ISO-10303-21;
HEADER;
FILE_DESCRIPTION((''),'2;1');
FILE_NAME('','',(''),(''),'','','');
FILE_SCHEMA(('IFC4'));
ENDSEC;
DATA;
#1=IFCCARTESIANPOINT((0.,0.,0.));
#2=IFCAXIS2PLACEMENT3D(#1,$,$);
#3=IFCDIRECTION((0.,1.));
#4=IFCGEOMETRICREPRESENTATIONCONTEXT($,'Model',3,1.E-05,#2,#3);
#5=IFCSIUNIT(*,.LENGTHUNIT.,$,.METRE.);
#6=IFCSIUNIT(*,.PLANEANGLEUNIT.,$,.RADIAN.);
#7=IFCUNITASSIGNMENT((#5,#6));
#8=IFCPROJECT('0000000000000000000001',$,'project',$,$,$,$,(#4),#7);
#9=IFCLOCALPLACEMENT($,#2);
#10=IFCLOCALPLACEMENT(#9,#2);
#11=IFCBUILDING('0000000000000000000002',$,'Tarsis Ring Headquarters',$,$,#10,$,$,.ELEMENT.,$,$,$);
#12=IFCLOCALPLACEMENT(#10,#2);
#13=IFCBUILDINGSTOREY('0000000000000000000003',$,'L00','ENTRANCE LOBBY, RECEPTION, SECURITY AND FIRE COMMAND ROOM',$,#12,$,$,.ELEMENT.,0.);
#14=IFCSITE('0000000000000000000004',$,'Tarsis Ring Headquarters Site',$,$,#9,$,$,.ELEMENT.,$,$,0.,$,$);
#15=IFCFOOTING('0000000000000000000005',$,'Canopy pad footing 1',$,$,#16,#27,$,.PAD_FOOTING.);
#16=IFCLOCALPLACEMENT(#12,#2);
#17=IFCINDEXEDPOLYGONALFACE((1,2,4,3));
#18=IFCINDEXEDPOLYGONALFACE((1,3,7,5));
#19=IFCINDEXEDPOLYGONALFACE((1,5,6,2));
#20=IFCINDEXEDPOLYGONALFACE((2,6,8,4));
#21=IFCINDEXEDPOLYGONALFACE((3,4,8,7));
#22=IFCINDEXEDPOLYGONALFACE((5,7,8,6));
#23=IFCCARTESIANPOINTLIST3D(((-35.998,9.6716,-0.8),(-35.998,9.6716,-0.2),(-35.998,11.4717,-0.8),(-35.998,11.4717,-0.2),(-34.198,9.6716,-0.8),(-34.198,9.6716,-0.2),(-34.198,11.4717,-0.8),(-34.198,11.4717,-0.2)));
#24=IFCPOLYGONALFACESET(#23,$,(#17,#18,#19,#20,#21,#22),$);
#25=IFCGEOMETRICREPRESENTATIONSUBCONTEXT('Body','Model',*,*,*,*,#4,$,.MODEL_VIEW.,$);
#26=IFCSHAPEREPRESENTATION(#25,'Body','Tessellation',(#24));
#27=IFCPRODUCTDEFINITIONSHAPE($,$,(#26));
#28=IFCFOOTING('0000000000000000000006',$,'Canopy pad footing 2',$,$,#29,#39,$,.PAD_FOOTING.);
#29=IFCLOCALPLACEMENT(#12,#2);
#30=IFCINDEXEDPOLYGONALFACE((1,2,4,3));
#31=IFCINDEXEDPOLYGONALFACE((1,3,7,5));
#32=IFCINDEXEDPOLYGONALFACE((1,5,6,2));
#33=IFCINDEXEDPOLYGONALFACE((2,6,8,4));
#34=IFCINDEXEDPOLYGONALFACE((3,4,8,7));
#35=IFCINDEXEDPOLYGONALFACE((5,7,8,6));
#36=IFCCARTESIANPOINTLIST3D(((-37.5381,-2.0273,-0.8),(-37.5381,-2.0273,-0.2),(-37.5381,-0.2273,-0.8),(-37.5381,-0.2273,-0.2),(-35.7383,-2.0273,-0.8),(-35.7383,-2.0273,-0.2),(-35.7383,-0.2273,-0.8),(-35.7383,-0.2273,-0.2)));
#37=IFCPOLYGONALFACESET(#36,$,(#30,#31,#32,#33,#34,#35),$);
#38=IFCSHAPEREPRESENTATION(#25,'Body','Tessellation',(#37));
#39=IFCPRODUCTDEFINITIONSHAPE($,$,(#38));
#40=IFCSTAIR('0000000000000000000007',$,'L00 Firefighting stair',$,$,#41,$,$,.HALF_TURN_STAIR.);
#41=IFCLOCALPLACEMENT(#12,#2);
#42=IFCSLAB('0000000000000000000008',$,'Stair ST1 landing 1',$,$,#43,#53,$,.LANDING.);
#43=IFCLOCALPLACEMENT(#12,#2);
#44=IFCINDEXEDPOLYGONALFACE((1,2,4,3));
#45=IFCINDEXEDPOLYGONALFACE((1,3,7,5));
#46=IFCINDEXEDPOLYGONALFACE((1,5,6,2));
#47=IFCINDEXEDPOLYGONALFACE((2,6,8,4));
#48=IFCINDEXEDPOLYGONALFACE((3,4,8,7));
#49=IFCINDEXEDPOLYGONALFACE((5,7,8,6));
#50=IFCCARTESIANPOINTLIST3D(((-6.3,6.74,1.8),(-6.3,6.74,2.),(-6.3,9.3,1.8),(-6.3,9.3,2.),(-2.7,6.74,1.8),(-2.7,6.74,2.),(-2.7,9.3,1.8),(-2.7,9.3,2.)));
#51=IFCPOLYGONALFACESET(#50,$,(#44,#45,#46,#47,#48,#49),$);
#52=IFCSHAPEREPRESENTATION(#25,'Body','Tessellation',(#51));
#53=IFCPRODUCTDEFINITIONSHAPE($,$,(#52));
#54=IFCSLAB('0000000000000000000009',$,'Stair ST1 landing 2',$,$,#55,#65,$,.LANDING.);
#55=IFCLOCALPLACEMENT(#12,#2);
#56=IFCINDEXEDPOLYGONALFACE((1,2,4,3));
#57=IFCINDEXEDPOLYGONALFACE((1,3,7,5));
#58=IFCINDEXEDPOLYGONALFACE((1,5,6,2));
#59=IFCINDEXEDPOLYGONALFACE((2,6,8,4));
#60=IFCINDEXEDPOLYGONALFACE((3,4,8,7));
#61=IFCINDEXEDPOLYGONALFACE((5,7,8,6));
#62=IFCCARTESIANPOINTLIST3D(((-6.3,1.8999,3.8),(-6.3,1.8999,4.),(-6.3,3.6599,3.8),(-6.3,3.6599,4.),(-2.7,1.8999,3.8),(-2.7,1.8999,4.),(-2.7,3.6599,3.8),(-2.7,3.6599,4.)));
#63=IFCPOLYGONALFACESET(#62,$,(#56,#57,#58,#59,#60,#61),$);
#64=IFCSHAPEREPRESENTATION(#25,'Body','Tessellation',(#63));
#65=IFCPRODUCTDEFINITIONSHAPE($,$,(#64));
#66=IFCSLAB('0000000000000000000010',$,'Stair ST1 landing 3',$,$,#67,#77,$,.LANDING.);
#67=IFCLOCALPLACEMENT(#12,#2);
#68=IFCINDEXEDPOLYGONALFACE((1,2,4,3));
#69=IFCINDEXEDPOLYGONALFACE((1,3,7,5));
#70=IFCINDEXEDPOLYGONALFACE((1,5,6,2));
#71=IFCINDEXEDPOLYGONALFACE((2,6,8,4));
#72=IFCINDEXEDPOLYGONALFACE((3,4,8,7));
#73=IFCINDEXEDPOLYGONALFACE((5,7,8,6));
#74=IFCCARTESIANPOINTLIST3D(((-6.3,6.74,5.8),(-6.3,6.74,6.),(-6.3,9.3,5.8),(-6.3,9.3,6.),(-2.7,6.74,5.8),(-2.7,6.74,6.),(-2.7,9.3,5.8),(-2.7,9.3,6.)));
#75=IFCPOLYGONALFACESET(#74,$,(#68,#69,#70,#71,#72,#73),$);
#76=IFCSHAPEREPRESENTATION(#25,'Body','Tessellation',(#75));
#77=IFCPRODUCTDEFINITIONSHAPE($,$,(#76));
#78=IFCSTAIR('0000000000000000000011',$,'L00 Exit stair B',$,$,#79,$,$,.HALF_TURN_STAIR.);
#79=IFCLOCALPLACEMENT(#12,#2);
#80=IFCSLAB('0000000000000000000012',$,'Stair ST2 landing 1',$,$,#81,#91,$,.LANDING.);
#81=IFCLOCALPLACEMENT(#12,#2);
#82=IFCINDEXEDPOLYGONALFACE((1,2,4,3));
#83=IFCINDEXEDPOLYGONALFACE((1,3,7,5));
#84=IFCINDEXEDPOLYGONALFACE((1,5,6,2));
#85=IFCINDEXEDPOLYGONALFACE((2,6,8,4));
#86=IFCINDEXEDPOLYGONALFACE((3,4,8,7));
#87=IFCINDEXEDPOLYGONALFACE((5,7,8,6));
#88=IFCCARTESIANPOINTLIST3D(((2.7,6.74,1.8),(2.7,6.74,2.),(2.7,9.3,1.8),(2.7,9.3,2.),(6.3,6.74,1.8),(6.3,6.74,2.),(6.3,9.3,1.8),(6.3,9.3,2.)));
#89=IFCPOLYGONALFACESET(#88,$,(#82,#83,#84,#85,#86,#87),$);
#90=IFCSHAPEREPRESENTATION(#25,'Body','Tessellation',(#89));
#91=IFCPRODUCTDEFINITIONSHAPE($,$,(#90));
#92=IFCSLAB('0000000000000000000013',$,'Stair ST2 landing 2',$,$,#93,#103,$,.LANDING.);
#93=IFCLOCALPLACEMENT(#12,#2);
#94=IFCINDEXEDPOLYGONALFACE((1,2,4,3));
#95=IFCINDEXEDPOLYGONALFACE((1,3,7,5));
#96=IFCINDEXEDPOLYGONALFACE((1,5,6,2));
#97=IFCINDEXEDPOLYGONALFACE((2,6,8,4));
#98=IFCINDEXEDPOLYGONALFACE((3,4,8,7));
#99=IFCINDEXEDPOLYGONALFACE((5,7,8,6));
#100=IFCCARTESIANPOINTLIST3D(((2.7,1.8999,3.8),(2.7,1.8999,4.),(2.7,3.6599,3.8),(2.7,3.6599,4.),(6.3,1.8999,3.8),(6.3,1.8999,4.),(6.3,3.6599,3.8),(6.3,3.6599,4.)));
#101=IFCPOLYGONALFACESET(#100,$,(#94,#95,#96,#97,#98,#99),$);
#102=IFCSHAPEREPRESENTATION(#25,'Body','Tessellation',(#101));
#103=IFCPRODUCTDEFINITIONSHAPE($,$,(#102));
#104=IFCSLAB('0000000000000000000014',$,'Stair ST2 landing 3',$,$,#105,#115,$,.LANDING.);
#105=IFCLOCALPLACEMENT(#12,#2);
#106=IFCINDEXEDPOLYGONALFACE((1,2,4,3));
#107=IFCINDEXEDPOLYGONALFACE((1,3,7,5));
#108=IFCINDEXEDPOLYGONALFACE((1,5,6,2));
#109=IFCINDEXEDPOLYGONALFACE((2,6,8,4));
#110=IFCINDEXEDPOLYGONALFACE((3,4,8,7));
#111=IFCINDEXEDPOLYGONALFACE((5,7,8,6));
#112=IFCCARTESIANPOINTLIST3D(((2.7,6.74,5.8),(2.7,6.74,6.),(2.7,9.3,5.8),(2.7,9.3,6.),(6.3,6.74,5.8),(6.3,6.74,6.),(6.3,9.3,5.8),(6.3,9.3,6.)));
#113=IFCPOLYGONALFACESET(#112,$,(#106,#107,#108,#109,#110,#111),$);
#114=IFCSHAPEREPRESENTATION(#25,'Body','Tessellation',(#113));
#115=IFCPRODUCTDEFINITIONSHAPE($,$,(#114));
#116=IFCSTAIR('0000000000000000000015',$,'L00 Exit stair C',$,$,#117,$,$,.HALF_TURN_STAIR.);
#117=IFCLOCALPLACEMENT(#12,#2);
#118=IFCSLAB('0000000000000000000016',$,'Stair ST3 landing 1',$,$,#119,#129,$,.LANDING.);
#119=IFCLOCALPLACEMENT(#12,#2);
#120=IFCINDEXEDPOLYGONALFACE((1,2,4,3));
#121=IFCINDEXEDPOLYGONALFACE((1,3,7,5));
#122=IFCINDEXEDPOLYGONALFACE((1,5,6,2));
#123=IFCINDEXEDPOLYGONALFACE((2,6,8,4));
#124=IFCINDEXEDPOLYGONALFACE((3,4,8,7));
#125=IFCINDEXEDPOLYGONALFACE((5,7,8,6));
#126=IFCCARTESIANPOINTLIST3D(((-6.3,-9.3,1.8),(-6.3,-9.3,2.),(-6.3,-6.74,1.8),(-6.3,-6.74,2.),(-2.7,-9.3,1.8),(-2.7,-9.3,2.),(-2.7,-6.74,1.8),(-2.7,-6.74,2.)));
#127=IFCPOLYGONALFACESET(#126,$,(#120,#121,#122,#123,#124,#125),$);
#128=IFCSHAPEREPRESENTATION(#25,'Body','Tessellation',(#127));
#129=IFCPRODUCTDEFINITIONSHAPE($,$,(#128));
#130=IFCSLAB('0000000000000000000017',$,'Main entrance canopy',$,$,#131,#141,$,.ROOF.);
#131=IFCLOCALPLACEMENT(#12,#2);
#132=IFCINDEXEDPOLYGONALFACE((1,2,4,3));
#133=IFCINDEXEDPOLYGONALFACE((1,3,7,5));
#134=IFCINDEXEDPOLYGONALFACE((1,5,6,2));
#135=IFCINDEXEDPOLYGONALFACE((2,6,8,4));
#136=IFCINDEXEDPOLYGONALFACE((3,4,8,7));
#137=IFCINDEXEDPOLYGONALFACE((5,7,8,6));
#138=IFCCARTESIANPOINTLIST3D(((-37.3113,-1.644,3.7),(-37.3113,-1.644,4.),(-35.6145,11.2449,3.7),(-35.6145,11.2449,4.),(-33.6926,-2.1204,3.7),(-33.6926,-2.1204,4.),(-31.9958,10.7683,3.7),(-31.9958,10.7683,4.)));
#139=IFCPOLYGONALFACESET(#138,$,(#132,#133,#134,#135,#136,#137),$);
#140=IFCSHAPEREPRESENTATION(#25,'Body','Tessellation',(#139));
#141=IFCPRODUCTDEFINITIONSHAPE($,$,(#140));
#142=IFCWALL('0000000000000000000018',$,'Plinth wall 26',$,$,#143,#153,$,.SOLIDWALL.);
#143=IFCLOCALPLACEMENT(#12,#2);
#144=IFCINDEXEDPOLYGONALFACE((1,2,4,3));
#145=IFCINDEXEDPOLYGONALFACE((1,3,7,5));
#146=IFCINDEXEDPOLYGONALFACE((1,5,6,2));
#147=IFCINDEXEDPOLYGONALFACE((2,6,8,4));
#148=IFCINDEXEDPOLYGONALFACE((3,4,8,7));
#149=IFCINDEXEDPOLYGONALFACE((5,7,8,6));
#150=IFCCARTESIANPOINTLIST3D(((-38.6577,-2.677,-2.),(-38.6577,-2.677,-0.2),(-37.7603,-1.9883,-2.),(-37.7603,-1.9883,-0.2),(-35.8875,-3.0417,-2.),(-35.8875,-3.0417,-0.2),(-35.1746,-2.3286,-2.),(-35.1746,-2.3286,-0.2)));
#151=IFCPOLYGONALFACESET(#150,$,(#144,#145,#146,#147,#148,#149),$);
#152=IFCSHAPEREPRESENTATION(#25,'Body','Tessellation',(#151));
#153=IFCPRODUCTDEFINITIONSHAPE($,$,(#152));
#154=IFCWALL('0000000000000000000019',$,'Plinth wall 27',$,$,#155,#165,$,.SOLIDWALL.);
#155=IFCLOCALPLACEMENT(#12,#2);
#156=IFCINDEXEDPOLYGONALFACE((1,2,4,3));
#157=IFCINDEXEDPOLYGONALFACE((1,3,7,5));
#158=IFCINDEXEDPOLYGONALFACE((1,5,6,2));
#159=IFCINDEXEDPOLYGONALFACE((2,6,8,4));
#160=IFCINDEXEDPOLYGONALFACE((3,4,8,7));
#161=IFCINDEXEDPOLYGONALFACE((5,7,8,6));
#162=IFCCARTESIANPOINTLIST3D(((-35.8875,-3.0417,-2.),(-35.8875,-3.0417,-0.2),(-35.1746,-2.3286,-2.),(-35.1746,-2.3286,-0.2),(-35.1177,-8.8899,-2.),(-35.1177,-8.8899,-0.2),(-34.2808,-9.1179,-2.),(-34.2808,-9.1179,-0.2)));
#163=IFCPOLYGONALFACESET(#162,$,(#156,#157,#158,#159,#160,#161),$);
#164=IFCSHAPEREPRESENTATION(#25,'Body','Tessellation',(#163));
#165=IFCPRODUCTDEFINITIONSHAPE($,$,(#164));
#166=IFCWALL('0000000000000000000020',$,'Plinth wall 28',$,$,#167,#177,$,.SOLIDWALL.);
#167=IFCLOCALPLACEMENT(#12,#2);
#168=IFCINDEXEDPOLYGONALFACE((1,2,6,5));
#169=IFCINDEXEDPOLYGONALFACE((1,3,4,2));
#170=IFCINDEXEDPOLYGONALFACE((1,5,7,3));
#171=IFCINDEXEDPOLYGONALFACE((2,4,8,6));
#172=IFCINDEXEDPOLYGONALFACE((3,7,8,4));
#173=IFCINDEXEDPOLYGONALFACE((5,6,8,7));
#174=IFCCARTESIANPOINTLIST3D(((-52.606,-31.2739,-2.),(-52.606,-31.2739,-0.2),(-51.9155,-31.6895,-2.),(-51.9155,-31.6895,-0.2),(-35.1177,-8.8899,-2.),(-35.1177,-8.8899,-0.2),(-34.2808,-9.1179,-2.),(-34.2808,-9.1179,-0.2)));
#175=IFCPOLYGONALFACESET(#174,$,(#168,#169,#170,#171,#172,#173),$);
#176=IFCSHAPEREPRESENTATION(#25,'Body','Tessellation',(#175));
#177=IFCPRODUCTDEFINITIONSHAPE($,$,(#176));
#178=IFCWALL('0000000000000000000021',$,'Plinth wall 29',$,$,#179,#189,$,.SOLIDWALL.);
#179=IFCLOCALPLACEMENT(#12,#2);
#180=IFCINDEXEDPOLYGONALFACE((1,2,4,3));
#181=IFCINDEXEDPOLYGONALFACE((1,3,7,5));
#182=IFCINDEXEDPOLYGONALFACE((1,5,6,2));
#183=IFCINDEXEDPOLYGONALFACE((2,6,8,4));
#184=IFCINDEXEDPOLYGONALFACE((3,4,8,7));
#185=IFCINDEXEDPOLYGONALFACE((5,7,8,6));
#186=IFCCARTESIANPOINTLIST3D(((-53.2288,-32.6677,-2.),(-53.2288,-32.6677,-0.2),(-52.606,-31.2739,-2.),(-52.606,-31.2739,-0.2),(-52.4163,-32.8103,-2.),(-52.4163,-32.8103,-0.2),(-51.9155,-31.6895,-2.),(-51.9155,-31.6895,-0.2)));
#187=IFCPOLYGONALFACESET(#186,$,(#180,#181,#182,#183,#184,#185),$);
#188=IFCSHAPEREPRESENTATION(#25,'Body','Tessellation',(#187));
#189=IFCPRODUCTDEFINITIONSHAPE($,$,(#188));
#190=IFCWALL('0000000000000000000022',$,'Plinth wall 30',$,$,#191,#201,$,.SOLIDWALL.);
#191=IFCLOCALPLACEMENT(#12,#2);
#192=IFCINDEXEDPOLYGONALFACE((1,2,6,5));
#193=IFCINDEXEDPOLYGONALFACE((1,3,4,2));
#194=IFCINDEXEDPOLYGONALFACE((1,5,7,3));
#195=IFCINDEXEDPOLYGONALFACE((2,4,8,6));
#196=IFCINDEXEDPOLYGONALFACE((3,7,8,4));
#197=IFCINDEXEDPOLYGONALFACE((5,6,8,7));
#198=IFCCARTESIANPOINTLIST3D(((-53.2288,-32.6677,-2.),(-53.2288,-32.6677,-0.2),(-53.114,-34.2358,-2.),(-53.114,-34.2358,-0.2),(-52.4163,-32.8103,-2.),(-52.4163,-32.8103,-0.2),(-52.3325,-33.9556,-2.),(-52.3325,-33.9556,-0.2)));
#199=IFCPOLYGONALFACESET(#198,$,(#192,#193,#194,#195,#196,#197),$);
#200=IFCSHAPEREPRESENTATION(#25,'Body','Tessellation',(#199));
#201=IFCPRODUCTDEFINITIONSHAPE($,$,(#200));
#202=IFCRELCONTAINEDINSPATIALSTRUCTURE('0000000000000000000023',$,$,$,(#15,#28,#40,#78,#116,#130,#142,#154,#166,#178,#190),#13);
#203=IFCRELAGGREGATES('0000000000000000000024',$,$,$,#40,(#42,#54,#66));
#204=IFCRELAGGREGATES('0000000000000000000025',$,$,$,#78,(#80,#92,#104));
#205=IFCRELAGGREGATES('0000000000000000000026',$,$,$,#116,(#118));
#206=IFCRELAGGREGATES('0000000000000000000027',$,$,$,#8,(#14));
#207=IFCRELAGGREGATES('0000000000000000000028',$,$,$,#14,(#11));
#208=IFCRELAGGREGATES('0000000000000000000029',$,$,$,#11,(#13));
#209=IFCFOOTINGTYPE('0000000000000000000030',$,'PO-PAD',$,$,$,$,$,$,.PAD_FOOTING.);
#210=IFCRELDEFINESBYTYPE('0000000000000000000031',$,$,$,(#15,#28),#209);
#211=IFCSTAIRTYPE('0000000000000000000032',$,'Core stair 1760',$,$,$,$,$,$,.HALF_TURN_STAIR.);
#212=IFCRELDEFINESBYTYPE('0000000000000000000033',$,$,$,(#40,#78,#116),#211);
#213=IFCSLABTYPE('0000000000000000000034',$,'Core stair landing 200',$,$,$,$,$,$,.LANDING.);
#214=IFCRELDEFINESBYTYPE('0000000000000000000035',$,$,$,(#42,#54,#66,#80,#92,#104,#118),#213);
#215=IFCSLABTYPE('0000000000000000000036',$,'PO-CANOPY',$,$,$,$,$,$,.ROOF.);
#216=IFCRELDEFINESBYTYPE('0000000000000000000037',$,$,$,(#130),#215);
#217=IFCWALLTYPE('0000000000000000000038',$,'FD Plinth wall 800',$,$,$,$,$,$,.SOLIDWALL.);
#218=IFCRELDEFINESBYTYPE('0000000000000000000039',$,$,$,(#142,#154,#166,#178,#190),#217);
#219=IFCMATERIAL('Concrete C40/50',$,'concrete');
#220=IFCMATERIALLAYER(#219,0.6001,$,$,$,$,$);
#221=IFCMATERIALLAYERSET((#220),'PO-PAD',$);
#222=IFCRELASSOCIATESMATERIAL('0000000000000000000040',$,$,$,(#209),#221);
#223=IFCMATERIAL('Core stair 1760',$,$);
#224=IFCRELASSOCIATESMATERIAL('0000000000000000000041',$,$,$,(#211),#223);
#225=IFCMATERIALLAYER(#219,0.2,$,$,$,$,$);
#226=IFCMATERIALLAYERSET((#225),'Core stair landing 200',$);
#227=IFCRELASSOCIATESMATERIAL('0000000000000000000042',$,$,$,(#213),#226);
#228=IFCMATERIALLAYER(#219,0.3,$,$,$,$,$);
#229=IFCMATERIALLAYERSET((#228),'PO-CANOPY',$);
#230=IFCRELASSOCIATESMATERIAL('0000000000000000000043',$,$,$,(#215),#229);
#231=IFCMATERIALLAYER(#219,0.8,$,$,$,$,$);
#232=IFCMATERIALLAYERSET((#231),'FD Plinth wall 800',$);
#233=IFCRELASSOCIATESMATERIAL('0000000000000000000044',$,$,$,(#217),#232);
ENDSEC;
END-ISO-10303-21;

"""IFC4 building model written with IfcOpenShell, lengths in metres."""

from ifc_helpers import new_model, si_unit, direction, frame, origin, place, context, subcontext, project, spatial, polyline, outline, extrude, material, layer, layer_set, type_object, element, aggregate, save


model = new_model("IFC4")

# Units and contexts
model_context = context("Model", 3, precision=1e-05, world=origin(), true_north=direction((0.0, 1.0)))
body_context = subcontext(model_context, "Body", "Model", "MODEL_VIEW")
ifc_project = project(units=[si_unit("LENGTHUNIT", "METRE"), si_unit("PLANEANGLEUNIT", "RADIAN")], contexts=[model_context])

# Site, building, storey
site_placement = place(None, origin())
site = spatial("IfcSite", under=ifc_project, at=site_placement, Name="Tarsis Ring Headquarters Site", CompositionType="ELEMENT", RefElevation=0.0)
building_placement = place(site_placement, origin())
building = spatial("IfcBuilding", under=site, at=building_placement, Name="Tarsis Ring Headquarters", CompositionType="ELEMENT")
storey_placement = place(building_placement, origin())
storey = spatial("IfcBuildingStorey", under=building, at=storey_placement, Name="L00", Description="ENTRANCE LOBBY, RECEPTION, SECURITY AND FIRE COMMAND ROOM", CompositionType="ELEMENT", Elevation=0.0)

# Footings
ifc_material_1 = material(Name="Concrete C40/50", Category="concrete")
ifc_layer_1 = layer(ifc_material_1, 0.6001)
ifc_layer_set_1 = layer_set([ifc_layer_1], Name="PO-PAD")
footing_type = type_object("IfcFootingType", Name="PO-PAD", PredefinedType="PAD_FOOTING", material=ifc_layer_set_1)
footing_1_placement = place(storey_placement, frame((0.0, 0.0, -0.8)))
element("IfcFooting", 1, at=footing_1_placement, inside=storey, type_object=footing_type, Name="Canopy pad footing 1", PredefinedType="PAD_FOOTING", context=body_context, shape_type="SweptSolid", body=[
    extrude(outline(polyline([(-35.998, 9.6716), (-34.198, 9.6716), (-34.198, 11.4717), (-35.998, 11.4717), (-35.998, 9.6716)])), origin(), (0.0, 0.0, 1.0), 0.6001),
])
footing_2_placement = place(storey_placement, frame((0.0, 0.0, -0.8)))
element("IfcFooting", 2, at=footing_2_placement, inside=storey, type_object=footing_type, Name="Canopy pad footing 2", PredefinedType="PAD_FOOTING", context=body_context, shape_type="SweptSolid", body=[
    extrude(outline(polyline([(-37.5381, -2.0273), (-35.7383, -2.0273), (-35.7383, -0.2273), (-37.5381, -0.2273), (-37.5381, -2.0273)])), origin(), (0.0, 0.0, 1.0), 0.6001),
])

# Stairs, slabs
ifc_material_2 = material(Name="Core stair 1760")
stair_type = type_object("IfcStairType", Name="Core stair 1760", PredefinedType="HALF_TURN_STAIR", material=ifc_material_2)
stair_1_placement = place(storey_placement, origin())
stair_1 = element("IfcStair", 3, at=stair_1_placement, inside=storey, type_object=stair_type, Name="L00 Firefighting stair", PredefinedType="HALF_TURN_STAIR")
ifc_layer_2 = layer(ifc_material_1, 0.2)
ifc_layer_set_2 = layer_set([ifc_layer_2], Name="Core stair landing 200")
slab_type_1 = type_object("IfcSlabType", Name="Core stair landing 200", PredefinedType="LANDING", material=ifc_layer_set_2)
slab_1_placement = place(storey_placement, frame((0.0, 0.0, 1.8)))
slab_1 = element("IfcSlab", 4, at=slab_1_placement, type_object=slab_type_1, Name="Stair ST1 landing 1", PredefinedType="LANDING", context=body_context, shape_type="SweptSolid", body=[
    extrude(outline(polyline([(-2.7, 6.74), (-2.7, 9.3), (-6.3, 9.3), (-6.3, 6.74), (-2.7, 6.74)])), origin(), (0.0, 0.0, 1.0), 0.2),
])
slab_2_placement = place(storey_placement, frame((0.0, 0.0, 3.8)))
slab_2 = element("IfcSlab", 5, at=slab_2_placement, type_object=slab_type_1, Name="Stair ST1 landing 2", PredefinedType="LANDING", context=body_context, shape_type="SweptSolid", body=[
    extrude(outline(polyline([(-2.7, 1.8999), (-2.7, 3.6599), (-6.3, 3.6599), (-6.3, 1.8999), (-2.7, 1.8999)])), origin(), (0.0, 0.0, 1.0), 0.2),
])
slab_3_placement = place(storey_placement, frame((0.0, 0.0, 5.8)))
slab_3 = element("IfcSlab", 6, at=slab_3_placement, type_object=slab_type_1, Name="Stair ST1 landing 3", PredefinedType="LANDING", context=body_context, shape_type="SweptSolid", body=[
    extrude(outline(polyline([(-2.7, 6.74), (-2.7, 9.3), (-6.3, 9.3), (-6.3, 6.74), (-2.7, 6.74)])), origin(), (0.0, 0.0, 1.0), 0.2),
])
aggregate(stair_1, [slab_1, slab_2, slab_3])
stair_2_placement = place(storey_placement, origin())
stair_2 = element("IfcStair", 7, at=stair_2_placement, inside=storey, type_object=stair_type, Name="L00 Exit stair B", PredefinedType="HALF_TURN_STAIR")
slab_4_placement = place(storey_placement, frame((0.0, 0.0, 1.8)))
slab_4 = element("IfcSlab", 8, at=slab_4_placement, type_object=slab_type_1, Name="Stair ST2 landing 1", PredefinedType="LANDING", context=body_context, shape_type="SweptSolid", body=[
    extrude(outline(polyline([(6.3, 6.74), (6.3, 9.3), (2.7, 9.3), (2.7, 6.74), (6.3, 6.74)])), origin(), (0.0, 0.0, 1.0), 0.2),
])
slab_5_placement = place(storey_placement, frame((0.0, 0.0, 3.8)))
slab_5 = element("IfcSlab", 9, at=slab_5_placement, type_object=slab_type_1, Name="Stair ST2 landing 2", PredefinedType="LANDING", context=body_context, shape_type="SweptSolid", body=[
    extrude(outline(polyline([(6.3, 1.8999), (6.3, 3.6599), (2.7, 3.6599), (2.7, 1.8999), (6.3, 1.8999)])), origin(), (0.0, 0.0, 1.0), 0.2),
])
slab_6_placement = place(storey_placement, frame((0.0, 0.0, 5.8)))
slab_6 = element("IfcSlab", 10, at=slab_6_placement, type_object=slab_type_1, Name="Stair ST2 landing 3", PredefinedType="LANDING", context=body_context, shape_type="SweptSolid", body=[
    extrude(outline(polyline([(6.3, 6.74), (6.3, 9.3), (2.7, 9.3), (2.7, 6.74), (6.3, 6.74)])), origin(), (0.0, 0.0, 1.0), 0.2),
])
aggregate(stair_2, [slab_4, slab_5, slab_6])

# Stair, slab
stair_3_placement = place(storey_placement, origin())
stair_3 = element("IfcStair", 11, at=stair_3_placement, inside=storey, type_object=stair_type, Name="L00 Exit stair C", PredefinedType="HALF_TURN_STAIR")
slab_7_placement = place(storey_placement, frame((0.0, 0.0, 1.8)))
slab_7 = element("IfcSlab", 12, at=slab_7_placement, type_object=slab_type_1, Name="Stair ST3 landing 1", PredefinedType="LANDING", context=body_context, shape_type="SweptSolid", body=[
    extrude(outline(polyline([(-6.3, -6.74), (-6.3, -9.3), (-2.7, -9.3), (-2.7, -6.74), (-6.3, -6.74)])), origin(), (0.0, 0.0, 1.0), 0.2),
])
aggregate(stair_3, [slab_7])

# Slab
ifc_layer_3 = layer(ifc_material_1, 0.3)
ifc_layer_set_3 = layer_set([ifc_layer_3], Name="PO-CANOPY")
slab_type_2 = type_object("IfcSlabType", Name="PO-CANOPY", PredefinedType="ROOF", material=ifc_layer_set_3)
slab_8_placement = place(storey_placement, frame((0.0, 0.0, 3.7)))
element("IfcSlab", 13, at=slab_8_placement, inside=storey, type_object=slab_type_2, Name="Main entrance canopy", PredefinedType="ROOF", context=body_context, shape_type="SweptSolid", body=[
    extrude(outline(polyline([(-31.9958, 10.7683), (-35.6145, 11.2449), (-37.3113, -1.644), (-33.6926, -2.1204), (-31.9958, 10.7683)])), origin(), (0.0, 0.0, 1.0), 0.3),
])

# Walls
ifc_layer_4 = layer(ifc_material_1, 0.8)
ifc_layer_set_4 = layer_set([ifc_layer_4], Name="FD Plinth wall 800")
wall_type = type_object("IfcWallType", Name="FD Plinth wall 800", PredefinedType="SOLIDWALL", material=ifc_layer_set_4)
wall_1_placement = place(storey_placement, frame((0.0, 0.0, -2.0)))
element("IfcWall", 14, at=wall_1_placement, inside=storey, type_object=wall_type, Name="Plinth wall 26", PredefinedType="SOLIDWALL", context=body_context, shape_type="SweptSolid", body=[
    extrude(outline(polyline([(-38.6577, -2.677), (-35.8875, -3.0417), (-35.1746, -2.3286), (-37.7603, -1.9883), (-38.6577, -2.677)])), origin(), (0.0, 0.0, 1.0), 1.8),
])
wall_2_placement = place(storey_placement, frame((0.0, 0.0, -2.0)))
element("IfcWall", 15, at=wall_2_placement, inside=storey, type_object=wall_type, Name="Plinth wall 27", PredefinedType="SOLIDWALL", context=body_context, shape_type="SweptSolid", body=[
    extrude(outline(polyline([(-35.8875, -3.0417), (-35.1177, -8.8899), (-34.2808, -9.1179), (-35.1746, -2.3286), (-35.8875, -3.0417)])), origin(), (0.0, 0.0, 1.0), 1.8),
])
wall_3_placement = place(storey_placement, frame((0.0, 0.0, -2.0)))
element("IfcWall", 16, at=wall_3_placement, inside=storey, type_object=wall_type, Name="Plinth wall 28", PredefinedType="SOLIDWALL", context=body_context, shape_type="SweptSolid", body=[
    extrude(outline(polyline([(-35.1177, -8.8899), (-52.606, -31.2739), (-51.9155, -31.6895), (-34.2808, -9.1179), (-35.1177, -8.8899)])), origin(), (0.0, 0.0, 1.0), 1.8),
])
wall_4_placement = place(storey_placement, frame((0.0, 0.0, -2.0)))
element("IfcWall", 17, at=wall_4_placement, inside=storey, type_object=wall_type, Name="Plinth wall 29", PredefinedType="SOLIDWALL", context=body_context, shape_type="SweptSolid", body=[
    extrude(outline(polyline([(-52.606, -31.2739), (-53.2288, -32.6677), (-52.4163, -32.8103), (-51.9155, -31.6895), (-52.606, -31.2739)])), origin(), (0.0, 0.0, 1.0), 1.8),
])
wall_5_placement = place(storey_placement, frame((0.0, 0.0, -2.0)))
element("IfcWall", 18, at=wall_5_placement, inside=storey, type_object=wall_type, Name="Plinth wall 30", PredefinedType="SOLIDWALL", context=body_context, shape_type="SweptSolid", body=[
    extrude(outline(polyline([(-53.2288, -32.6677), (-53.114, -34.2358), (-52.3325, -33.9556), (-52.4163, -32.8103), (-53.2288, -32.6677)])), origin(), (0.0, 0.0, 1.0), 1.8),
])

save(model, "model.ifc")
